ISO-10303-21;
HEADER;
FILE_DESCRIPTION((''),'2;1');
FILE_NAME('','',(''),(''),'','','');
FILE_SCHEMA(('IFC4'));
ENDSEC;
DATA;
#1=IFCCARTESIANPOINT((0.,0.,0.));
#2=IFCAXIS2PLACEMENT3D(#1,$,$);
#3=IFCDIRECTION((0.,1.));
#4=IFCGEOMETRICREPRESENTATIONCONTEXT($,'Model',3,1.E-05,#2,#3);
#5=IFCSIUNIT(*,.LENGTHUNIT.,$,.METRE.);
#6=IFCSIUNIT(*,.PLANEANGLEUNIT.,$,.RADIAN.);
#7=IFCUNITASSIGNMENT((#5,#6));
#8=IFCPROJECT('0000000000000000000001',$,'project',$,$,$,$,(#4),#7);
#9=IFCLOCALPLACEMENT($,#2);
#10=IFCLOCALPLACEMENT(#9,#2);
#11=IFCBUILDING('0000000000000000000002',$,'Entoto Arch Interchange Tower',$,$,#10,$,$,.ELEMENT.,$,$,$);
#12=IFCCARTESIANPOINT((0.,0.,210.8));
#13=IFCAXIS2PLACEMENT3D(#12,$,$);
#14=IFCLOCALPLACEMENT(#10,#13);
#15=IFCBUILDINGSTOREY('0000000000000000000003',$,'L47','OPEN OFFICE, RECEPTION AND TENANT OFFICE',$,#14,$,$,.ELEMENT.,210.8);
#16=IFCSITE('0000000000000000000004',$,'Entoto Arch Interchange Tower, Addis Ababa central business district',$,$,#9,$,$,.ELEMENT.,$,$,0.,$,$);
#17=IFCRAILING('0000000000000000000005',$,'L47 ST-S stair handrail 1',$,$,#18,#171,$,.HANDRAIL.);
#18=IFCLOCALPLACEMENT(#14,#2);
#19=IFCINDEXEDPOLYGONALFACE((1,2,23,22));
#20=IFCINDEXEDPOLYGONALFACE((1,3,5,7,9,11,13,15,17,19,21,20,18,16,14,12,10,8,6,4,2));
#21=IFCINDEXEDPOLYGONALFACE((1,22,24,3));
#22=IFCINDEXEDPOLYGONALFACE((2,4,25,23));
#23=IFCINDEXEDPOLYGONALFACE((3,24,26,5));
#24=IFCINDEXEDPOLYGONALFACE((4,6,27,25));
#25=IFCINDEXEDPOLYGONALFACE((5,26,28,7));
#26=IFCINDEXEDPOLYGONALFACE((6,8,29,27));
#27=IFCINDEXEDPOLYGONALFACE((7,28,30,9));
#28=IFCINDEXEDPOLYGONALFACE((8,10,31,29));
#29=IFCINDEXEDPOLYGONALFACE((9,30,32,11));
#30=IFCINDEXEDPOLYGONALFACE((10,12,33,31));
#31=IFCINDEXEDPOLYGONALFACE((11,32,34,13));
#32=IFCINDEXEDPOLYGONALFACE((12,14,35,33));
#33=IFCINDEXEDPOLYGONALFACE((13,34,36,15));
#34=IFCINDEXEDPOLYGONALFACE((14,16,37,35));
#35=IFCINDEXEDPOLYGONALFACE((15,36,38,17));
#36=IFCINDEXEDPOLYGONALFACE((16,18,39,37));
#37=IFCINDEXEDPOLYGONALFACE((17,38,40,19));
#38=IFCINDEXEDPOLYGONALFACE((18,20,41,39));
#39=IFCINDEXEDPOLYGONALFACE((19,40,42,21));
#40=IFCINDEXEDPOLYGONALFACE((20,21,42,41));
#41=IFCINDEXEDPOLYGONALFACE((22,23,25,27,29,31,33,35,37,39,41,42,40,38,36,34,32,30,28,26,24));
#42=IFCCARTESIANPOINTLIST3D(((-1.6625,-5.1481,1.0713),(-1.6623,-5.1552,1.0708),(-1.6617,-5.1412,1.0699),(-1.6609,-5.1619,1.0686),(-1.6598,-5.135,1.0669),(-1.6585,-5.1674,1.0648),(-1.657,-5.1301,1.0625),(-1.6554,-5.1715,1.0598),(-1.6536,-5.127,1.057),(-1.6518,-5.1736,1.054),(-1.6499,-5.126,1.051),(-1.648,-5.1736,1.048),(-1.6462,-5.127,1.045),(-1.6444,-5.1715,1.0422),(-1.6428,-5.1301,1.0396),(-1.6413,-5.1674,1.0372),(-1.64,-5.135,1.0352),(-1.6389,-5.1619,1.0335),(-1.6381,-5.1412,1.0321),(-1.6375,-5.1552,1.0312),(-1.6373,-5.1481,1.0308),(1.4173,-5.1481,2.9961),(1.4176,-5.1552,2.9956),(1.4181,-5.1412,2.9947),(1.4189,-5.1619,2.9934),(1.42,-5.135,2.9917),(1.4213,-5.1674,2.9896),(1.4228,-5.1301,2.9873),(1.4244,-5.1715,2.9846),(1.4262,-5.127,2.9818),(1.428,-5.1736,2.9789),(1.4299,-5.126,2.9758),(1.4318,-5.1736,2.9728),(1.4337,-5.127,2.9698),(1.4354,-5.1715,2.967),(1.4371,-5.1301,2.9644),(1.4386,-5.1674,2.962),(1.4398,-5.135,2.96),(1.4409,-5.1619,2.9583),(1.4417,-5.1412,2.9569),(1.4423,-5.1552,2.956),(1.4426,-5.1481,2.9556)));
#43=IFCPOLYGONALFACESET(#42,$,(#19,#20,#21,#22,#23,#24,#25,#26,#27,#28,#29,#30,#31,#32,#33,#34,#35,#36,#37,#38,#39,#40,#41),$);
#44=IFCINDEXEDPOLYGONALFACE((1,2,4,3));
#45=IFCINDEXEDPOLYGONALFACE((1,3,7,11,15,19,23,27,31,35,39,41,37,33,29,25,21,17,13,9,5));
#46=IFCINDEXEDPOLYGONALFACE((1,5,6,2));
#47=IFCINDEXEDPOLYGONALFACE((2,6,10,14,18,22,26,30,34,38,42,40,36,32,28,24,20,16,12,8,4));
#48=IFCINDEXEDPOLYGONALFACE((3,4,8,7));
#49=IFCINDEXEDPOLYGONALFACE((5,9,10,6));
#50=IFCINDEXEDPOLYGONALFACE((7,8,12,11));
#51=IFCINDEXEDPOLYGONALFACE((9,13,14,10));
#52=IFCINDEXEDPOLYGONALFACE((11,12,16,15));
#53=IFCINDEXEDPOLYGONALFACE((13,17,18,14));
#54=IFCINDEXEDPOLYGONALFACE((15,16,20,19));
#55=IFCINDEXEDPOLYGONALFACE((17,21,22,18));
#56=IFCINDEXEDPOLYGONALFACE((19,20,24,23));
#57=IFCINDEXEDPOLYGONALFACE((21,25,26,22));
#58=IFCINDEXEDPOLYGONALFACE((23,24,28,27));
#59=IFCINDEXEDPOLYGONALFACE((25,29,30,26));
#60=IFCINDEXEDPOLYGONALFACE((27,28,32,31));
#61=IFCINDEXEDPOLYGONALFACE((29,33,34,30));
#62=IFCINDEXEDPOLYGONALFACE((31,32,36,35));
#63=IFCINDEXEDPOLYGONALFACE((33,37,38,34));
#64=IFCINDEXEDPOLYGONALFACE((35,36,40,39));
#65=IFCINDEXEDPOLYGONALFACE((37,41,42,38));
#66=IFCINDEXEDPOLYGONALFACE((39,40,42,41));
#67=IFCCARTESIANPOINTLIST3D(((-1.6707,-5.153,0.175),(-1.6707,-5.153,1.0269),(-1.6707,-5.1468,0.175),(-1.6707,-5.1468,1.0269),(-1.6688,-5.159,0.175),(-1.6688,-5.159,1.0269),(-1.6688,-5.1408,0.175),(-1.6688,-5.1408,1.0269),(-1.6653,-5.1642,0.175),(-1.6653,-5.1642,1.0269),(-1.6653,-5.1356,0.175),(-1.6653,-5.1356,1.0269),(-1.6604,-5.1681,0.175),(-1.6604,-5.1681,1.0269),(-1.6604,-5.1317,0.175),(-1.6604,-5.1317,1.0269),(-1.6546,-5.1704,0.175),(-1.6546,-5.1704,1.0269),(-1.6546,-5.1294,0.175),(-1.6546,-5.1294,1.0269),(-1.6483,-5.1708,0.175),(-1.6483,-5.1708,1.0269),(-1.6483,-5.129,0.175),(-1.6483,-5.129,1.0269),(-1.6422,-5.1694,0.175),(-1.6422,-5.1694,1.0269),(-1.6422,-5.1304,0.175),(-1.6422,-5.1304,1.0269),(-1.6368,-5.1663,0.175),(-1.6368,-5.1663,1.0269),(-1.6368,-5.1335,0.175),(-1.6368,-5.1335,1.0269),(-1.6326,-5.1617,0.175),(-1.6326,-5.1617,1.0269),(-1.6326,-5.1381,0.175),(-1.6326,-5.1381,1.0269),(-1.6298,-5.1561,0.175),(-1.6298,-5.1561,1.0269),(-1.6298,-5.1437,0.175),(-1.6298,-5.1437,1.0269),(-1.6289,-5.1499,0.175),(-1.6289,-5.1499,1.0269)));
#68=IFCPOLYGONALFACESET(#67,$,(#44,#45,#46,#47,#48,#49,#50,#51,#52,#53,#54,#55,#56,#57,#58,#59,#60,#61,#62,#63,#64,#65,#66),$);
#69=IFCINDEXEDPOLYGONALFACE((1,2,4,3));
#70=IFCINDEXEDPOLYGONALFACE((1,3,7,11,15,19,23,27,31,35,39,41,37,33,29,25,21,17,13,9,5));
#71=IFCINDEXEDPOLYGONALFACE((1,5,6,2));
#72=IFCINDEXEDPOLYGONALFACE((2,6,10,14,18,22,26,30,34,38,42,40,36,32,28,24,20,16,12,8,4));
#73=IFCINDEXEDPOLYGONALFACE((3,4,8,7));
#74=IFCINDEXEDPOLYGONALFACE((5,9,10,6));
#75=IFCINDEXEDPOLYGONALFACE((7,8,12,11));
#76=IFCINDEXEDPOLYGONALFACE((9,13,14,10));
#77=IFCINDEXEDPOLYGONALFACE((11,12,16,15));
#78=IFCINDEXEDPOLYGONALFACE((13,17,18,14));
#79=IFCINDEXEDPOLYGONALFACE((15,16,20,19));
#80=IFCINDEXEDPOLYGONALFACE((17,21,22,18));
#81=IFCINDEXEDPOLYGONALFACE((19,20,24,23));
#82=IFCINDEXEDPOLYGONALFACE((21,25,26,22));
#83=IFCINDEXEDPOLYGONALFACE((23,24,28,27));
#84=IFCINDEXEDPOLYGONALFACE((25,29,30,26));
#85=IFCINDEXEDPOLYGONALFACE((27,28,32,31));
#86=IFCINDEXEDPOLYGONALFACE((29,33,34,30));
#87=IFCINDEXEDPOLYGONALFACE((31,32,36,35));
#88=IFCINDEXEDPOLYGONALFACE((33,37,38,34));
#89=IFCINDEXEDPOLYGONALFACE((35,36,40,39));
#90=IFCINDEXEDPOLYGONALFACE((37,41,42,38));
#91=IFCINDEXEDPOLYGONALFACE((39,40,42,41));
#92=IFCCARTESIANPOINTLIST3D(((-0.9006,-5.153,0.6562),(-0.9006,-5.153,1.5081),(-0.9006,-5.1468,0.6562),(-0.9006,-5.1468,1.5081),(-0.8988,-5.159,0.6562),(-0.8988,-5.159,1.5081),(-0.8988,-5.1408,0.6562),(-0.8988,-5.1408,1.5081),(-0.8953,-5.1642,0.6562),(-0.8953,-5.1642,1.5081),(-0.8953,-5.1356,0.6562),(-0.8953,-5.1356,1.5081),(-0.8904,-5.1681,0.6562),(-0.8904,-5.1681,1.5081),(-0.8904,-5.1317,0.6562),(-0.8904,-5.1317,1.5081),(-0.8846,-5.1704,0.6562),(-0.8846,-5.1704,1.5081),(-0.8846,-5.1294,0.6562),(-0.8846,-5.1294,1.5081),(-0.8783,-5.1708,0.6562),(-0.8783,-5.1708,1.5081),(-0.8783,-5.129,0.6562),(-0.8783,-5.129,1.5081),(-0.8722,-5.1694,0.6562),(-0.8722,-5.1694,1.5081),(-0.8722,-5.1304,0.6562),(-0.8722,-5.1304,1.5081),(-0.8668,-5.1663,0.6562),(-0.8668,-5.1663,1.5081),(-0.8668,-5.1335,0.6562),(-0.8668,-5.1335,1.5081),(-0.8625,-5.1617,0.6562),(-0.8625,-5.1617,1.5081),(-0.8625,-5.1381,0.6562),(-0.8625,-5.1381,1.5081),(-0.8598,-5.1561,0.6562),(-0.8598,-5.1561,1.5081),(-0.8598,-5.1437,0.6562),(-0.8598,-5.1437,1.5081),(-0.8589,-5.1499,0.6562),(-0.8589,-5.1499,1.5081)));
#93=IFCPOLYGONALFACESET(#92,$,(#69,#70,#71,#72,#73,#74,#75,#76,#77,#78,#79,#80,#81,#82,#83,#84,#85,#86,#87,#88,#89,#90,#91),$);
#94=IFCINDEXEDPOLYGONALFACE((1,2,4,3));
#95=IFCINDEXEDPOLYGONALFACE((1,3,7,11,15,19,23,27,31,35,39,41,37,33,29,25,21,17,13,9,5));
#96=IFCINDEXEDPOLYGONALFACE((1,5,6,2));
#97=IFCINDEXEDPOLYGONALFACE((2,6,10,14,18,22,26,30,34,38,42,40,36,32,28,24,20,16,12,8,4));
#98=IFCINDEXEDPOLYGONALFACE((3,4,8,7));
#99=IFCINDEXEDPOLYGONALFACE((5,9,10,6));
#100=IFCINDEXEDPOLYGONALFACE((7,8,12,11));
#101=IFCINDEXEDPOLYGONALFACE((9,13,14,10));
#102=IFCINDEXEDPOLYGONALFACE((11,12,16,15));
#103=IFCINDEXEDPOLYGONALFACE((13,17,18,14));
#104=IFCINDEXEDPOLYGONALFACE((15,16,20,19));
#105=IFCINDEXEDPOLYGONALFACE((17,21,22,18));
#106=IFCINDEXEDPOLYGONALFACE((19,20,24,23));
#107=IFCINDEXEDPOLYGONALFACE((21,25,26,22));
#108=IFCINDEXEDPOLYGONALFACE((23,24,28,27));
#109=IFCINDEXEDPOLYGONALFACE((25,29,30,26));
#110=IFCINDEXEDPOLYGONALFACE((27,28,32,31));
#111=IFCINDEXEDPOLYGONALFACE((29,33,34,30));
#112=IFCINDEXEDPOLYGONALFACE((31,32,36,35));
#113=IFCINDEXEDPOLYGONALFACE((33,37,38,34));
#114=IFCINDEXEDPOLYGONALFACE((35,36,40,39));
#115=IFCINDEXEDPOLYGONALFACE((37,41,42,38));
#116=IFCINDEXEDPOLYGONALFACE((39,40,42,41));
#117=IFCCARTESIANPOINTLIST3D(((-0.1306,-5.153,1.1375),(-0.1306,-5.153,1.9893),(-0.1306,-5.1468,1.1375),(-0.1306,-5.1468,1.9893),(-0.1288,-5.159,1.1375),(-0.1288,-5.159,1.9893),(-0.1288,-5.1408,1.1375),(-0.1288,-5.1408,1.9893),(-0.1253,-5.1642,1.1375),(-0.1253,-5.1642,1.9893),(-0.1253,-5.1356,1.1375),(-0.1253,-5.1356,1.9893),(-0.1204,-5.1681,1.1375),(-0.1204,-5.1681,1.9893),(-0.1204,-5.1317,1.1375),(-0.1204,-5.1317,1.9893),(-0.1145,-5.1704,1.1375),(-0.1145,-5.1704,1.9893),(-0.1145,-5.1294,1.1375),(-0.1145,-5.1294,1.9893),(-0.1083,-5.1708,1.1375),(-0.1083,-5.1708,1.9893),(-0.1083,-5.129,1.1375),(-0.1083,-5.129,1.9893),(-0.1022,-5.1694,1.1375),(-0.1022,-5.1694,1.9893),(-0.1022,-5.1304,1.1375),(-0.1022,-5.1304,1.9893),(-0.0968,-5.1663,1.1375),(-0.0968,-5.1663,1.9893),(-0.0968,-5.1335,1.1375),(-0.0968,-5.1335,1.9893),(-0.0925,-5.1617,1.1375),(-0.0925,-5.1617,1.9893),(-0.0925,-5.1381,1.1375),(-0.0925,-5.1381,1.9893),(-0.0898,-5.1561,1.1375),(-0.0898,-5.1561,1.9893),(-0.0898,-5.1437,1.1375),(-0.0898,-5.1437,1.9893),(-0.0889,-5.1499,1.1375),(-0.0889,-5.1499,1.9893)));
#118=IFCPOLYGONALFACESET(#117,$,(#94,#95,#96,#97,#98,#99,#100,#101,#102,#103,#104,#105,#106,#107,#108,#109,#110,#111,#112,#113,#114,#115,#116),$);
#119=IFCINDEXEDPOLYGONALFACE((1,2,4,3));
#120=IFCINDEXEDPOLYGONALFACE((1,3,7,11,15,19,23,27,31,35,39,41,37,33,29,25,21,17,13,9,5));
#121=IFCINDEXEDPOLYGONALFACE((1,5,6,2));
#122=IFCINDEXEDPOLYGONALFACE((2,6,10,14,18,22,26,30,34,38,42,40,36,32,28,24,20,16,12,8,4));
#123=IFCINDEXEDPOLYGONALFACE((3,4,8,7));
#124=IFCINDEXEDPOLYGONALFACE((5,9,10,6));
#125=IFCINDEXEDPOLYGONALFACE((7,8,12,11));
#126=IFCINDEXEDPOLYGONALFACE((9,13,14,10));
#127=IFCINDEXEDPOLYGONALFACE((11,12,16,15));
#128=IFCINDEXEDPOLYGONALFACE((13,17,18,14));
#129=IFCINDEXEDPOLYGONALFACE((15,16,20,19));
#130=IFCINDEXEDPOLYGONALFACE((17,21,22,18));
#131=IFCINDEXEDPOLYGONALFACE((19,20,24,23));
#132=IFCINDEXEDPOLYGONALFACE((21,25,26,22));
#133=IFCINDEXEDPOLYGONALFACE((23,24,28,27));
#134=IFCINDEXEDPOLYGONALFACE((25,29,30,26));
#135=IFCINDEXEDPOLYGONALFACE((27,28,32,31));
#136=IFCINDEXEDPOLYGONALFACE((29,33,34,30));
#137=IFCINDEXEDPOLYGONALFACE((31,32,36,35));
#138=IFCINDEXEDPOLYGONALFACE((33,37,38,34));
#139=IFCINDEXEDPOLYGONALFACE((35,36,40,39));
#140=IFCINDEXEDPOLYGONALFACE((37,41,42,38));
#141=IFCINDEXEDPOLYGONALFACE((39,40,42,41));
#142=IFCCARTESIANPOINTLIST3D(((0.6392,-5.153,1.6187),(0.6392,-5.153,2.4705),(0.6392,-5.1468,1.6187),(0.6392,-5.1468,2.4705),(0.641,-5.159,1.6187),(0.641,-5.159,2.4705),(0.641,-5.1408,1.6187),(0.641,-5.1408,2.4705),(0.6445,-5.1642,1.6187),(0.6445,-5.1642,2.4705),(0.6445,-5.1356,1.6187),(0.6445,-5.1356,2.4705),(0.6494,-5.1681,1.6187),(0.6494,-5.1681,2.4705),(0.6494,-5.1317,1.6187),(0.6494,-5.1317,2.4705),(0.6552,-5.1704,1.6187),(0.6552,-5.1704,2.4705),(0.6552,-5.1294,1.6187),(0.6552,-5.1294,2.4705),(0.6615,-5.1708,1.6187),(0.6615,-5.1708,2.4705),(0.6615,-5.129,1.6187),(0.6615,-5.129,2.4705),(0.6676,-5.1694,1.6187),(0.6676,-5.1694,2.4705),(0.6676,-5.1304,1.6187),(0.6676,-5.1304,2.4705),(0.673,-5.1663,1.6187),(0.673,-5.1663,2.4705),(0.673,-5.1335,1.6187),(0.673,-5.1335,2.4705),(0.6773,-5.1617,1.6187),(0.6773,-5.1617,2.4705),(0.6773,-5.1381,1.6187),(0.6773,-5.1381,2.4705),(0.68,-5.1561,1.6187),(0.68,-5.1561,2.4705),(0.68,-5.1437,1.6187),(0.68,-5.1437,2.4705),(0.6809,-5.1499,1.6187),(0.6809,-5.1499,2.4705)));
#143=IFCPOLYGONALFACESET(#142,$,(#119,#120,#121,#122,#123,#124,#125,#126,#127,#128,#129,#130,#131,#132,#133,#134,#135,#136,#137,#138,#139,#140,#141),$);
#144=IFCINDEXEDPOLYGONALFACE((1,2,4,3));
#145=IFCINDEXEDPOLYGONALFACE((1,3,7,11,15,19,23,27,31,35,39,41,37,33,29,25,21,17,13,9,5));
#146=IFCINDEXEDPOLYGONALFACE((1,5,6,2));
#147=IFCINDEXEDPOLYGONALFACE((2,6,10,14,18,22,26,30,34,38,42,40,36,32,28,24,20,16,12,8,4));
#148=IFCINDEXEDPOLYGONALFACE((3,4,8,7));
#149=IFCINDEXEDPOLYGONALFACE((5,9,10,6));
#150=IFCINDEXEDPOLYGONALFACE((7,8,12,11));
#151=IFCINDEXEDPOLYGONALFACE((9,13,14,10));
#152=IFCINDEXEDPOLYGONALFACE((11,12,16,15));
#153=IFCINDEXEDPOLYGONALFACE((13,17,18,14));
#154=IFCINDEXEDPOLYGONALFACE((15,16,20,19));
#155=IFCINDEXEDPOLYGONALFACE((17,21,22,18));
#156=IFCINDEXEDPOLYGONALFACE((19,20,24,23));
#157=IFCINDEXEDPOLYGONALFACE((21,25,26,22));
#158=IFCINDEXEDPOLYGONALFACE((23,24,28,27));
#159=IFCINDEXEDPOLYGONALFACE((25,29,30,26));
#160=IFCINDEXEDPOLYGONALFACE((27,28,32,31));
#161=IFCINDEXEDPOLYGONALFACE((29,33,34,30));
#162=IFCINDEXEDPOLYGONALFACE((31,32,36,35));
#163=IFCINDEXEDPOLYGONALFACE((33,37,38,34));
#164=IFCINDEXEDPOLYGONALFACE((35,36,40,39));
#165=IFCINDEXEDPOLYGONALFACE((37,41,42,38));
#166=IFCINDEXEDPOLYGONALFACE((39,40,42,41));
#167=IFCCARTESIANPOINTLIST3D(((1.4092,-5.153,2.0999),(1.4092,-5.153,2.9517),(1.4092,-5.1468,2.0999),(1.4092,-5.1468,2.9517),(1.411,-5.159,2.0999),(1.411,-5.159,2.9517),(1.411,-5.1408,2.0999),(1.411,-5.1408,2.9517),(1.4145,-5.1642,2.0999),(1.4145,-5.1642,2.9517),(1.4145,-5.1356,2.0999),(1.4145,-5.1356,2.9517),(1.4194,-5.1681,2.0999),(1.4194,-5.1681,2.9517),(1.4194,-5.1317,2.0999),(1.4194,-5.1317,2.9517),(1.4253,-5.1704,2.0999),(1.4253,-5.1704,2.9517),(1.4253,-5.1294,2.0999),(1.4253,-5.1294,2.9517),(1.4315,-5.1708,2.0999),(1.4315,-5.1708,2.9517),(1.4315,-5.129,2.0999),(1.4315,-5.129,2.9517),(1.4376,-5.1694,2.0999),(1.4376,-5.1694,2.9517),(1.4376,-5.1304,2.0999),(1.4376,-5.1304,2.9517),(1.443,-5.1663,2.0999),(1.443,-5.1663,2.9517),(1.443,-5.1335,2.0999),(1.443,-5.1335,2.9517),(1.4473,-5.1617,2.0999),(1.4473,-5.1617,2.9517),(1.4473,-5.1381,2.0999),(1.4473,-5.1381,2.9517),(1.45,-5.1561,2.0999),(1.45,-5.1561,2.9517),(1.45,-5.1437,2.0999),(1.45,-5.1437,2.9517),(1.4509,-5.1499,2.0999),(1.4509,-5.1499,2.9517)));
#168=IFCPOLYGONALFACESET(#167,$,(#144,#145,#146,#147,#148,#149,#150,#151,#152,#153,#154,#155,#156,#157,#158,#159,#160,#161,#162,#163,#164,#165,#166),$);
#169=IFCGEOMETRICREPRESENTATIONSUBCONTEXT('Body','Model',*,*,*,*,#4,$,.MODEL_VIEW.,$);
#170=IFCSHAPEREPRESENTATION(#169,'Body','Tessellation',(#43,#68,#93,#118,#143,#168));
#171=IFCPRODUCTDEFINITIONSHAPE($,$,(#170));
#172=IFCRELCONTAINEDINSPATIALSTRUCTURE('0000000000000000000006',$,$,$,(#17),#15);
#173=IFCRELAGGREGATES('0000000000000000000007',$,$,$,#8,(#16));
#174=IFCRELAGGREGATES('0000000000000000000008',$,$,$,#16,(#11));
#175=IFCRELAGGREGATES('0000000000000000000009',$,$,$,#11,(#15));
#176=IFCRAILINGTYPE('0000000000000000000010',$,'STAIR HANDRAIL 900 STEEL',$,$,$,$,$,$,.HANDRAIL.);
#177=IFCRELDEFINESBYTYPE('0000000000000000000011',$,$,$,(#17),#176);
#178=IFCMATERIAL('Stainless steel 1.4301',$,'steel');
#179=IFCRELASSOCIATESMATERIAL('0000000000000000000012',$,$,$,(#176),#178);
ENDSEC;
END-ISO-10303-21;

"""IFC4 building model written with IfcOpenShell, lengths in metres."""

from ifc_helpers import new_model, si_unit, direction, frame, origin, origin_2d, place, context, subcontext, project, spatial, circle, extrude, material, type_object, element, save


model = new_model("IFC4")

# Units and contexts
model_context = context("Model", 3, precision=1e-05, world=origin(), true_north=direction((0.0, 1.0)))
body_context = subcontext(model_context, "Body", "Model", "MODEL_VIEW")
ifc_project = project(units=[si_unit("LENGTHUNIT", "METRE"), si_unit("PLANEANGLEUNIT", "RADIAN")], contexts=[model_context])

# Site, building, storey
site_placement = place(None, origin())
site = spatial("IfcSite", under=ifc_project, at=site_placement, Name="Entoto Arch Interchange Tower, Addis Ababa central business district", CompositionType="ELEMENT", RefElevation=0.0)
building_placement = place(site_placement, origin())
building = spatial("IfcBuilding", under=site, at=building_placement, Name="Entoto Arch Interchange Tower", CompositionType="ELEMENT")
storey_placement = place(building_placement, frame((0.0, 0.0, 210.8)))
storey = spatial("IfcBuildingStorey", under=building, at=storey_placement, Name="L47", Description="OPEN OFFICE, RECEPTION AND TENANT OFFICE", CompositionType="ELEMENT", Elevation=210.8)

# Railing
ifc_material_1 = material(Name="Stainless steel 1.4301", Category="steel")
railing_type_1 = type_object("IfcRailingType", Name="STAIR HANDRAIL 900 STEEL", PredefinedType="HANDRAIL", material=ifc_material_1)
railing_1_placement = place(storey_placement, frame((-1.6499, -5.1499, 0.175)))
element("IfcRailing", 1, at=railing_1_placement, inside=storey, type_object=railing_type_1, Name="L47 ST-S stair handrail 1", PredefinedType="HANDRAIL", context=body_context, shape_type="SweptSolid", body=[
    extrude(circle(Radius=0.0239, at=origin_2d()), frame((0.0, 0.0, 0.876), z_axis=(0.84801, 0.0, 0.529981), x_axis=(0.0, 1.0, 0.0)), (0.0, 0.0, 1.0), 3.6318),
    extrude(circle(Radius=0.021, at=origin_2d()), origin(), (0.0, 0.0, 1.0), 0.8518),
    extrude(circle(Radius=0.021, at=origin_2d()), frame((0.77, 0.0, 0.4812)), (0.0, 0.0, 1.0), 0.8518),
    extrude(circle(Radius=0.021, at=origin_2d()), frame((1.54, 0.0, 0.9624)), (0.0, 0.0, 1.0), 0.8518),
    extrude(circle(Radius=0.021, at=origin_2d()), frame((2.3098, 0.0, 1.4436)), (0.0, 0.0, 1.0), 0.8518),
    extrude(circle(Radius=0.021, at=origin_2d()), frame((3.0798, 0.0, 1.9248)), (0.0, 0.0, 1.0), 0.8518),
])

save(model, "model.ifc")
